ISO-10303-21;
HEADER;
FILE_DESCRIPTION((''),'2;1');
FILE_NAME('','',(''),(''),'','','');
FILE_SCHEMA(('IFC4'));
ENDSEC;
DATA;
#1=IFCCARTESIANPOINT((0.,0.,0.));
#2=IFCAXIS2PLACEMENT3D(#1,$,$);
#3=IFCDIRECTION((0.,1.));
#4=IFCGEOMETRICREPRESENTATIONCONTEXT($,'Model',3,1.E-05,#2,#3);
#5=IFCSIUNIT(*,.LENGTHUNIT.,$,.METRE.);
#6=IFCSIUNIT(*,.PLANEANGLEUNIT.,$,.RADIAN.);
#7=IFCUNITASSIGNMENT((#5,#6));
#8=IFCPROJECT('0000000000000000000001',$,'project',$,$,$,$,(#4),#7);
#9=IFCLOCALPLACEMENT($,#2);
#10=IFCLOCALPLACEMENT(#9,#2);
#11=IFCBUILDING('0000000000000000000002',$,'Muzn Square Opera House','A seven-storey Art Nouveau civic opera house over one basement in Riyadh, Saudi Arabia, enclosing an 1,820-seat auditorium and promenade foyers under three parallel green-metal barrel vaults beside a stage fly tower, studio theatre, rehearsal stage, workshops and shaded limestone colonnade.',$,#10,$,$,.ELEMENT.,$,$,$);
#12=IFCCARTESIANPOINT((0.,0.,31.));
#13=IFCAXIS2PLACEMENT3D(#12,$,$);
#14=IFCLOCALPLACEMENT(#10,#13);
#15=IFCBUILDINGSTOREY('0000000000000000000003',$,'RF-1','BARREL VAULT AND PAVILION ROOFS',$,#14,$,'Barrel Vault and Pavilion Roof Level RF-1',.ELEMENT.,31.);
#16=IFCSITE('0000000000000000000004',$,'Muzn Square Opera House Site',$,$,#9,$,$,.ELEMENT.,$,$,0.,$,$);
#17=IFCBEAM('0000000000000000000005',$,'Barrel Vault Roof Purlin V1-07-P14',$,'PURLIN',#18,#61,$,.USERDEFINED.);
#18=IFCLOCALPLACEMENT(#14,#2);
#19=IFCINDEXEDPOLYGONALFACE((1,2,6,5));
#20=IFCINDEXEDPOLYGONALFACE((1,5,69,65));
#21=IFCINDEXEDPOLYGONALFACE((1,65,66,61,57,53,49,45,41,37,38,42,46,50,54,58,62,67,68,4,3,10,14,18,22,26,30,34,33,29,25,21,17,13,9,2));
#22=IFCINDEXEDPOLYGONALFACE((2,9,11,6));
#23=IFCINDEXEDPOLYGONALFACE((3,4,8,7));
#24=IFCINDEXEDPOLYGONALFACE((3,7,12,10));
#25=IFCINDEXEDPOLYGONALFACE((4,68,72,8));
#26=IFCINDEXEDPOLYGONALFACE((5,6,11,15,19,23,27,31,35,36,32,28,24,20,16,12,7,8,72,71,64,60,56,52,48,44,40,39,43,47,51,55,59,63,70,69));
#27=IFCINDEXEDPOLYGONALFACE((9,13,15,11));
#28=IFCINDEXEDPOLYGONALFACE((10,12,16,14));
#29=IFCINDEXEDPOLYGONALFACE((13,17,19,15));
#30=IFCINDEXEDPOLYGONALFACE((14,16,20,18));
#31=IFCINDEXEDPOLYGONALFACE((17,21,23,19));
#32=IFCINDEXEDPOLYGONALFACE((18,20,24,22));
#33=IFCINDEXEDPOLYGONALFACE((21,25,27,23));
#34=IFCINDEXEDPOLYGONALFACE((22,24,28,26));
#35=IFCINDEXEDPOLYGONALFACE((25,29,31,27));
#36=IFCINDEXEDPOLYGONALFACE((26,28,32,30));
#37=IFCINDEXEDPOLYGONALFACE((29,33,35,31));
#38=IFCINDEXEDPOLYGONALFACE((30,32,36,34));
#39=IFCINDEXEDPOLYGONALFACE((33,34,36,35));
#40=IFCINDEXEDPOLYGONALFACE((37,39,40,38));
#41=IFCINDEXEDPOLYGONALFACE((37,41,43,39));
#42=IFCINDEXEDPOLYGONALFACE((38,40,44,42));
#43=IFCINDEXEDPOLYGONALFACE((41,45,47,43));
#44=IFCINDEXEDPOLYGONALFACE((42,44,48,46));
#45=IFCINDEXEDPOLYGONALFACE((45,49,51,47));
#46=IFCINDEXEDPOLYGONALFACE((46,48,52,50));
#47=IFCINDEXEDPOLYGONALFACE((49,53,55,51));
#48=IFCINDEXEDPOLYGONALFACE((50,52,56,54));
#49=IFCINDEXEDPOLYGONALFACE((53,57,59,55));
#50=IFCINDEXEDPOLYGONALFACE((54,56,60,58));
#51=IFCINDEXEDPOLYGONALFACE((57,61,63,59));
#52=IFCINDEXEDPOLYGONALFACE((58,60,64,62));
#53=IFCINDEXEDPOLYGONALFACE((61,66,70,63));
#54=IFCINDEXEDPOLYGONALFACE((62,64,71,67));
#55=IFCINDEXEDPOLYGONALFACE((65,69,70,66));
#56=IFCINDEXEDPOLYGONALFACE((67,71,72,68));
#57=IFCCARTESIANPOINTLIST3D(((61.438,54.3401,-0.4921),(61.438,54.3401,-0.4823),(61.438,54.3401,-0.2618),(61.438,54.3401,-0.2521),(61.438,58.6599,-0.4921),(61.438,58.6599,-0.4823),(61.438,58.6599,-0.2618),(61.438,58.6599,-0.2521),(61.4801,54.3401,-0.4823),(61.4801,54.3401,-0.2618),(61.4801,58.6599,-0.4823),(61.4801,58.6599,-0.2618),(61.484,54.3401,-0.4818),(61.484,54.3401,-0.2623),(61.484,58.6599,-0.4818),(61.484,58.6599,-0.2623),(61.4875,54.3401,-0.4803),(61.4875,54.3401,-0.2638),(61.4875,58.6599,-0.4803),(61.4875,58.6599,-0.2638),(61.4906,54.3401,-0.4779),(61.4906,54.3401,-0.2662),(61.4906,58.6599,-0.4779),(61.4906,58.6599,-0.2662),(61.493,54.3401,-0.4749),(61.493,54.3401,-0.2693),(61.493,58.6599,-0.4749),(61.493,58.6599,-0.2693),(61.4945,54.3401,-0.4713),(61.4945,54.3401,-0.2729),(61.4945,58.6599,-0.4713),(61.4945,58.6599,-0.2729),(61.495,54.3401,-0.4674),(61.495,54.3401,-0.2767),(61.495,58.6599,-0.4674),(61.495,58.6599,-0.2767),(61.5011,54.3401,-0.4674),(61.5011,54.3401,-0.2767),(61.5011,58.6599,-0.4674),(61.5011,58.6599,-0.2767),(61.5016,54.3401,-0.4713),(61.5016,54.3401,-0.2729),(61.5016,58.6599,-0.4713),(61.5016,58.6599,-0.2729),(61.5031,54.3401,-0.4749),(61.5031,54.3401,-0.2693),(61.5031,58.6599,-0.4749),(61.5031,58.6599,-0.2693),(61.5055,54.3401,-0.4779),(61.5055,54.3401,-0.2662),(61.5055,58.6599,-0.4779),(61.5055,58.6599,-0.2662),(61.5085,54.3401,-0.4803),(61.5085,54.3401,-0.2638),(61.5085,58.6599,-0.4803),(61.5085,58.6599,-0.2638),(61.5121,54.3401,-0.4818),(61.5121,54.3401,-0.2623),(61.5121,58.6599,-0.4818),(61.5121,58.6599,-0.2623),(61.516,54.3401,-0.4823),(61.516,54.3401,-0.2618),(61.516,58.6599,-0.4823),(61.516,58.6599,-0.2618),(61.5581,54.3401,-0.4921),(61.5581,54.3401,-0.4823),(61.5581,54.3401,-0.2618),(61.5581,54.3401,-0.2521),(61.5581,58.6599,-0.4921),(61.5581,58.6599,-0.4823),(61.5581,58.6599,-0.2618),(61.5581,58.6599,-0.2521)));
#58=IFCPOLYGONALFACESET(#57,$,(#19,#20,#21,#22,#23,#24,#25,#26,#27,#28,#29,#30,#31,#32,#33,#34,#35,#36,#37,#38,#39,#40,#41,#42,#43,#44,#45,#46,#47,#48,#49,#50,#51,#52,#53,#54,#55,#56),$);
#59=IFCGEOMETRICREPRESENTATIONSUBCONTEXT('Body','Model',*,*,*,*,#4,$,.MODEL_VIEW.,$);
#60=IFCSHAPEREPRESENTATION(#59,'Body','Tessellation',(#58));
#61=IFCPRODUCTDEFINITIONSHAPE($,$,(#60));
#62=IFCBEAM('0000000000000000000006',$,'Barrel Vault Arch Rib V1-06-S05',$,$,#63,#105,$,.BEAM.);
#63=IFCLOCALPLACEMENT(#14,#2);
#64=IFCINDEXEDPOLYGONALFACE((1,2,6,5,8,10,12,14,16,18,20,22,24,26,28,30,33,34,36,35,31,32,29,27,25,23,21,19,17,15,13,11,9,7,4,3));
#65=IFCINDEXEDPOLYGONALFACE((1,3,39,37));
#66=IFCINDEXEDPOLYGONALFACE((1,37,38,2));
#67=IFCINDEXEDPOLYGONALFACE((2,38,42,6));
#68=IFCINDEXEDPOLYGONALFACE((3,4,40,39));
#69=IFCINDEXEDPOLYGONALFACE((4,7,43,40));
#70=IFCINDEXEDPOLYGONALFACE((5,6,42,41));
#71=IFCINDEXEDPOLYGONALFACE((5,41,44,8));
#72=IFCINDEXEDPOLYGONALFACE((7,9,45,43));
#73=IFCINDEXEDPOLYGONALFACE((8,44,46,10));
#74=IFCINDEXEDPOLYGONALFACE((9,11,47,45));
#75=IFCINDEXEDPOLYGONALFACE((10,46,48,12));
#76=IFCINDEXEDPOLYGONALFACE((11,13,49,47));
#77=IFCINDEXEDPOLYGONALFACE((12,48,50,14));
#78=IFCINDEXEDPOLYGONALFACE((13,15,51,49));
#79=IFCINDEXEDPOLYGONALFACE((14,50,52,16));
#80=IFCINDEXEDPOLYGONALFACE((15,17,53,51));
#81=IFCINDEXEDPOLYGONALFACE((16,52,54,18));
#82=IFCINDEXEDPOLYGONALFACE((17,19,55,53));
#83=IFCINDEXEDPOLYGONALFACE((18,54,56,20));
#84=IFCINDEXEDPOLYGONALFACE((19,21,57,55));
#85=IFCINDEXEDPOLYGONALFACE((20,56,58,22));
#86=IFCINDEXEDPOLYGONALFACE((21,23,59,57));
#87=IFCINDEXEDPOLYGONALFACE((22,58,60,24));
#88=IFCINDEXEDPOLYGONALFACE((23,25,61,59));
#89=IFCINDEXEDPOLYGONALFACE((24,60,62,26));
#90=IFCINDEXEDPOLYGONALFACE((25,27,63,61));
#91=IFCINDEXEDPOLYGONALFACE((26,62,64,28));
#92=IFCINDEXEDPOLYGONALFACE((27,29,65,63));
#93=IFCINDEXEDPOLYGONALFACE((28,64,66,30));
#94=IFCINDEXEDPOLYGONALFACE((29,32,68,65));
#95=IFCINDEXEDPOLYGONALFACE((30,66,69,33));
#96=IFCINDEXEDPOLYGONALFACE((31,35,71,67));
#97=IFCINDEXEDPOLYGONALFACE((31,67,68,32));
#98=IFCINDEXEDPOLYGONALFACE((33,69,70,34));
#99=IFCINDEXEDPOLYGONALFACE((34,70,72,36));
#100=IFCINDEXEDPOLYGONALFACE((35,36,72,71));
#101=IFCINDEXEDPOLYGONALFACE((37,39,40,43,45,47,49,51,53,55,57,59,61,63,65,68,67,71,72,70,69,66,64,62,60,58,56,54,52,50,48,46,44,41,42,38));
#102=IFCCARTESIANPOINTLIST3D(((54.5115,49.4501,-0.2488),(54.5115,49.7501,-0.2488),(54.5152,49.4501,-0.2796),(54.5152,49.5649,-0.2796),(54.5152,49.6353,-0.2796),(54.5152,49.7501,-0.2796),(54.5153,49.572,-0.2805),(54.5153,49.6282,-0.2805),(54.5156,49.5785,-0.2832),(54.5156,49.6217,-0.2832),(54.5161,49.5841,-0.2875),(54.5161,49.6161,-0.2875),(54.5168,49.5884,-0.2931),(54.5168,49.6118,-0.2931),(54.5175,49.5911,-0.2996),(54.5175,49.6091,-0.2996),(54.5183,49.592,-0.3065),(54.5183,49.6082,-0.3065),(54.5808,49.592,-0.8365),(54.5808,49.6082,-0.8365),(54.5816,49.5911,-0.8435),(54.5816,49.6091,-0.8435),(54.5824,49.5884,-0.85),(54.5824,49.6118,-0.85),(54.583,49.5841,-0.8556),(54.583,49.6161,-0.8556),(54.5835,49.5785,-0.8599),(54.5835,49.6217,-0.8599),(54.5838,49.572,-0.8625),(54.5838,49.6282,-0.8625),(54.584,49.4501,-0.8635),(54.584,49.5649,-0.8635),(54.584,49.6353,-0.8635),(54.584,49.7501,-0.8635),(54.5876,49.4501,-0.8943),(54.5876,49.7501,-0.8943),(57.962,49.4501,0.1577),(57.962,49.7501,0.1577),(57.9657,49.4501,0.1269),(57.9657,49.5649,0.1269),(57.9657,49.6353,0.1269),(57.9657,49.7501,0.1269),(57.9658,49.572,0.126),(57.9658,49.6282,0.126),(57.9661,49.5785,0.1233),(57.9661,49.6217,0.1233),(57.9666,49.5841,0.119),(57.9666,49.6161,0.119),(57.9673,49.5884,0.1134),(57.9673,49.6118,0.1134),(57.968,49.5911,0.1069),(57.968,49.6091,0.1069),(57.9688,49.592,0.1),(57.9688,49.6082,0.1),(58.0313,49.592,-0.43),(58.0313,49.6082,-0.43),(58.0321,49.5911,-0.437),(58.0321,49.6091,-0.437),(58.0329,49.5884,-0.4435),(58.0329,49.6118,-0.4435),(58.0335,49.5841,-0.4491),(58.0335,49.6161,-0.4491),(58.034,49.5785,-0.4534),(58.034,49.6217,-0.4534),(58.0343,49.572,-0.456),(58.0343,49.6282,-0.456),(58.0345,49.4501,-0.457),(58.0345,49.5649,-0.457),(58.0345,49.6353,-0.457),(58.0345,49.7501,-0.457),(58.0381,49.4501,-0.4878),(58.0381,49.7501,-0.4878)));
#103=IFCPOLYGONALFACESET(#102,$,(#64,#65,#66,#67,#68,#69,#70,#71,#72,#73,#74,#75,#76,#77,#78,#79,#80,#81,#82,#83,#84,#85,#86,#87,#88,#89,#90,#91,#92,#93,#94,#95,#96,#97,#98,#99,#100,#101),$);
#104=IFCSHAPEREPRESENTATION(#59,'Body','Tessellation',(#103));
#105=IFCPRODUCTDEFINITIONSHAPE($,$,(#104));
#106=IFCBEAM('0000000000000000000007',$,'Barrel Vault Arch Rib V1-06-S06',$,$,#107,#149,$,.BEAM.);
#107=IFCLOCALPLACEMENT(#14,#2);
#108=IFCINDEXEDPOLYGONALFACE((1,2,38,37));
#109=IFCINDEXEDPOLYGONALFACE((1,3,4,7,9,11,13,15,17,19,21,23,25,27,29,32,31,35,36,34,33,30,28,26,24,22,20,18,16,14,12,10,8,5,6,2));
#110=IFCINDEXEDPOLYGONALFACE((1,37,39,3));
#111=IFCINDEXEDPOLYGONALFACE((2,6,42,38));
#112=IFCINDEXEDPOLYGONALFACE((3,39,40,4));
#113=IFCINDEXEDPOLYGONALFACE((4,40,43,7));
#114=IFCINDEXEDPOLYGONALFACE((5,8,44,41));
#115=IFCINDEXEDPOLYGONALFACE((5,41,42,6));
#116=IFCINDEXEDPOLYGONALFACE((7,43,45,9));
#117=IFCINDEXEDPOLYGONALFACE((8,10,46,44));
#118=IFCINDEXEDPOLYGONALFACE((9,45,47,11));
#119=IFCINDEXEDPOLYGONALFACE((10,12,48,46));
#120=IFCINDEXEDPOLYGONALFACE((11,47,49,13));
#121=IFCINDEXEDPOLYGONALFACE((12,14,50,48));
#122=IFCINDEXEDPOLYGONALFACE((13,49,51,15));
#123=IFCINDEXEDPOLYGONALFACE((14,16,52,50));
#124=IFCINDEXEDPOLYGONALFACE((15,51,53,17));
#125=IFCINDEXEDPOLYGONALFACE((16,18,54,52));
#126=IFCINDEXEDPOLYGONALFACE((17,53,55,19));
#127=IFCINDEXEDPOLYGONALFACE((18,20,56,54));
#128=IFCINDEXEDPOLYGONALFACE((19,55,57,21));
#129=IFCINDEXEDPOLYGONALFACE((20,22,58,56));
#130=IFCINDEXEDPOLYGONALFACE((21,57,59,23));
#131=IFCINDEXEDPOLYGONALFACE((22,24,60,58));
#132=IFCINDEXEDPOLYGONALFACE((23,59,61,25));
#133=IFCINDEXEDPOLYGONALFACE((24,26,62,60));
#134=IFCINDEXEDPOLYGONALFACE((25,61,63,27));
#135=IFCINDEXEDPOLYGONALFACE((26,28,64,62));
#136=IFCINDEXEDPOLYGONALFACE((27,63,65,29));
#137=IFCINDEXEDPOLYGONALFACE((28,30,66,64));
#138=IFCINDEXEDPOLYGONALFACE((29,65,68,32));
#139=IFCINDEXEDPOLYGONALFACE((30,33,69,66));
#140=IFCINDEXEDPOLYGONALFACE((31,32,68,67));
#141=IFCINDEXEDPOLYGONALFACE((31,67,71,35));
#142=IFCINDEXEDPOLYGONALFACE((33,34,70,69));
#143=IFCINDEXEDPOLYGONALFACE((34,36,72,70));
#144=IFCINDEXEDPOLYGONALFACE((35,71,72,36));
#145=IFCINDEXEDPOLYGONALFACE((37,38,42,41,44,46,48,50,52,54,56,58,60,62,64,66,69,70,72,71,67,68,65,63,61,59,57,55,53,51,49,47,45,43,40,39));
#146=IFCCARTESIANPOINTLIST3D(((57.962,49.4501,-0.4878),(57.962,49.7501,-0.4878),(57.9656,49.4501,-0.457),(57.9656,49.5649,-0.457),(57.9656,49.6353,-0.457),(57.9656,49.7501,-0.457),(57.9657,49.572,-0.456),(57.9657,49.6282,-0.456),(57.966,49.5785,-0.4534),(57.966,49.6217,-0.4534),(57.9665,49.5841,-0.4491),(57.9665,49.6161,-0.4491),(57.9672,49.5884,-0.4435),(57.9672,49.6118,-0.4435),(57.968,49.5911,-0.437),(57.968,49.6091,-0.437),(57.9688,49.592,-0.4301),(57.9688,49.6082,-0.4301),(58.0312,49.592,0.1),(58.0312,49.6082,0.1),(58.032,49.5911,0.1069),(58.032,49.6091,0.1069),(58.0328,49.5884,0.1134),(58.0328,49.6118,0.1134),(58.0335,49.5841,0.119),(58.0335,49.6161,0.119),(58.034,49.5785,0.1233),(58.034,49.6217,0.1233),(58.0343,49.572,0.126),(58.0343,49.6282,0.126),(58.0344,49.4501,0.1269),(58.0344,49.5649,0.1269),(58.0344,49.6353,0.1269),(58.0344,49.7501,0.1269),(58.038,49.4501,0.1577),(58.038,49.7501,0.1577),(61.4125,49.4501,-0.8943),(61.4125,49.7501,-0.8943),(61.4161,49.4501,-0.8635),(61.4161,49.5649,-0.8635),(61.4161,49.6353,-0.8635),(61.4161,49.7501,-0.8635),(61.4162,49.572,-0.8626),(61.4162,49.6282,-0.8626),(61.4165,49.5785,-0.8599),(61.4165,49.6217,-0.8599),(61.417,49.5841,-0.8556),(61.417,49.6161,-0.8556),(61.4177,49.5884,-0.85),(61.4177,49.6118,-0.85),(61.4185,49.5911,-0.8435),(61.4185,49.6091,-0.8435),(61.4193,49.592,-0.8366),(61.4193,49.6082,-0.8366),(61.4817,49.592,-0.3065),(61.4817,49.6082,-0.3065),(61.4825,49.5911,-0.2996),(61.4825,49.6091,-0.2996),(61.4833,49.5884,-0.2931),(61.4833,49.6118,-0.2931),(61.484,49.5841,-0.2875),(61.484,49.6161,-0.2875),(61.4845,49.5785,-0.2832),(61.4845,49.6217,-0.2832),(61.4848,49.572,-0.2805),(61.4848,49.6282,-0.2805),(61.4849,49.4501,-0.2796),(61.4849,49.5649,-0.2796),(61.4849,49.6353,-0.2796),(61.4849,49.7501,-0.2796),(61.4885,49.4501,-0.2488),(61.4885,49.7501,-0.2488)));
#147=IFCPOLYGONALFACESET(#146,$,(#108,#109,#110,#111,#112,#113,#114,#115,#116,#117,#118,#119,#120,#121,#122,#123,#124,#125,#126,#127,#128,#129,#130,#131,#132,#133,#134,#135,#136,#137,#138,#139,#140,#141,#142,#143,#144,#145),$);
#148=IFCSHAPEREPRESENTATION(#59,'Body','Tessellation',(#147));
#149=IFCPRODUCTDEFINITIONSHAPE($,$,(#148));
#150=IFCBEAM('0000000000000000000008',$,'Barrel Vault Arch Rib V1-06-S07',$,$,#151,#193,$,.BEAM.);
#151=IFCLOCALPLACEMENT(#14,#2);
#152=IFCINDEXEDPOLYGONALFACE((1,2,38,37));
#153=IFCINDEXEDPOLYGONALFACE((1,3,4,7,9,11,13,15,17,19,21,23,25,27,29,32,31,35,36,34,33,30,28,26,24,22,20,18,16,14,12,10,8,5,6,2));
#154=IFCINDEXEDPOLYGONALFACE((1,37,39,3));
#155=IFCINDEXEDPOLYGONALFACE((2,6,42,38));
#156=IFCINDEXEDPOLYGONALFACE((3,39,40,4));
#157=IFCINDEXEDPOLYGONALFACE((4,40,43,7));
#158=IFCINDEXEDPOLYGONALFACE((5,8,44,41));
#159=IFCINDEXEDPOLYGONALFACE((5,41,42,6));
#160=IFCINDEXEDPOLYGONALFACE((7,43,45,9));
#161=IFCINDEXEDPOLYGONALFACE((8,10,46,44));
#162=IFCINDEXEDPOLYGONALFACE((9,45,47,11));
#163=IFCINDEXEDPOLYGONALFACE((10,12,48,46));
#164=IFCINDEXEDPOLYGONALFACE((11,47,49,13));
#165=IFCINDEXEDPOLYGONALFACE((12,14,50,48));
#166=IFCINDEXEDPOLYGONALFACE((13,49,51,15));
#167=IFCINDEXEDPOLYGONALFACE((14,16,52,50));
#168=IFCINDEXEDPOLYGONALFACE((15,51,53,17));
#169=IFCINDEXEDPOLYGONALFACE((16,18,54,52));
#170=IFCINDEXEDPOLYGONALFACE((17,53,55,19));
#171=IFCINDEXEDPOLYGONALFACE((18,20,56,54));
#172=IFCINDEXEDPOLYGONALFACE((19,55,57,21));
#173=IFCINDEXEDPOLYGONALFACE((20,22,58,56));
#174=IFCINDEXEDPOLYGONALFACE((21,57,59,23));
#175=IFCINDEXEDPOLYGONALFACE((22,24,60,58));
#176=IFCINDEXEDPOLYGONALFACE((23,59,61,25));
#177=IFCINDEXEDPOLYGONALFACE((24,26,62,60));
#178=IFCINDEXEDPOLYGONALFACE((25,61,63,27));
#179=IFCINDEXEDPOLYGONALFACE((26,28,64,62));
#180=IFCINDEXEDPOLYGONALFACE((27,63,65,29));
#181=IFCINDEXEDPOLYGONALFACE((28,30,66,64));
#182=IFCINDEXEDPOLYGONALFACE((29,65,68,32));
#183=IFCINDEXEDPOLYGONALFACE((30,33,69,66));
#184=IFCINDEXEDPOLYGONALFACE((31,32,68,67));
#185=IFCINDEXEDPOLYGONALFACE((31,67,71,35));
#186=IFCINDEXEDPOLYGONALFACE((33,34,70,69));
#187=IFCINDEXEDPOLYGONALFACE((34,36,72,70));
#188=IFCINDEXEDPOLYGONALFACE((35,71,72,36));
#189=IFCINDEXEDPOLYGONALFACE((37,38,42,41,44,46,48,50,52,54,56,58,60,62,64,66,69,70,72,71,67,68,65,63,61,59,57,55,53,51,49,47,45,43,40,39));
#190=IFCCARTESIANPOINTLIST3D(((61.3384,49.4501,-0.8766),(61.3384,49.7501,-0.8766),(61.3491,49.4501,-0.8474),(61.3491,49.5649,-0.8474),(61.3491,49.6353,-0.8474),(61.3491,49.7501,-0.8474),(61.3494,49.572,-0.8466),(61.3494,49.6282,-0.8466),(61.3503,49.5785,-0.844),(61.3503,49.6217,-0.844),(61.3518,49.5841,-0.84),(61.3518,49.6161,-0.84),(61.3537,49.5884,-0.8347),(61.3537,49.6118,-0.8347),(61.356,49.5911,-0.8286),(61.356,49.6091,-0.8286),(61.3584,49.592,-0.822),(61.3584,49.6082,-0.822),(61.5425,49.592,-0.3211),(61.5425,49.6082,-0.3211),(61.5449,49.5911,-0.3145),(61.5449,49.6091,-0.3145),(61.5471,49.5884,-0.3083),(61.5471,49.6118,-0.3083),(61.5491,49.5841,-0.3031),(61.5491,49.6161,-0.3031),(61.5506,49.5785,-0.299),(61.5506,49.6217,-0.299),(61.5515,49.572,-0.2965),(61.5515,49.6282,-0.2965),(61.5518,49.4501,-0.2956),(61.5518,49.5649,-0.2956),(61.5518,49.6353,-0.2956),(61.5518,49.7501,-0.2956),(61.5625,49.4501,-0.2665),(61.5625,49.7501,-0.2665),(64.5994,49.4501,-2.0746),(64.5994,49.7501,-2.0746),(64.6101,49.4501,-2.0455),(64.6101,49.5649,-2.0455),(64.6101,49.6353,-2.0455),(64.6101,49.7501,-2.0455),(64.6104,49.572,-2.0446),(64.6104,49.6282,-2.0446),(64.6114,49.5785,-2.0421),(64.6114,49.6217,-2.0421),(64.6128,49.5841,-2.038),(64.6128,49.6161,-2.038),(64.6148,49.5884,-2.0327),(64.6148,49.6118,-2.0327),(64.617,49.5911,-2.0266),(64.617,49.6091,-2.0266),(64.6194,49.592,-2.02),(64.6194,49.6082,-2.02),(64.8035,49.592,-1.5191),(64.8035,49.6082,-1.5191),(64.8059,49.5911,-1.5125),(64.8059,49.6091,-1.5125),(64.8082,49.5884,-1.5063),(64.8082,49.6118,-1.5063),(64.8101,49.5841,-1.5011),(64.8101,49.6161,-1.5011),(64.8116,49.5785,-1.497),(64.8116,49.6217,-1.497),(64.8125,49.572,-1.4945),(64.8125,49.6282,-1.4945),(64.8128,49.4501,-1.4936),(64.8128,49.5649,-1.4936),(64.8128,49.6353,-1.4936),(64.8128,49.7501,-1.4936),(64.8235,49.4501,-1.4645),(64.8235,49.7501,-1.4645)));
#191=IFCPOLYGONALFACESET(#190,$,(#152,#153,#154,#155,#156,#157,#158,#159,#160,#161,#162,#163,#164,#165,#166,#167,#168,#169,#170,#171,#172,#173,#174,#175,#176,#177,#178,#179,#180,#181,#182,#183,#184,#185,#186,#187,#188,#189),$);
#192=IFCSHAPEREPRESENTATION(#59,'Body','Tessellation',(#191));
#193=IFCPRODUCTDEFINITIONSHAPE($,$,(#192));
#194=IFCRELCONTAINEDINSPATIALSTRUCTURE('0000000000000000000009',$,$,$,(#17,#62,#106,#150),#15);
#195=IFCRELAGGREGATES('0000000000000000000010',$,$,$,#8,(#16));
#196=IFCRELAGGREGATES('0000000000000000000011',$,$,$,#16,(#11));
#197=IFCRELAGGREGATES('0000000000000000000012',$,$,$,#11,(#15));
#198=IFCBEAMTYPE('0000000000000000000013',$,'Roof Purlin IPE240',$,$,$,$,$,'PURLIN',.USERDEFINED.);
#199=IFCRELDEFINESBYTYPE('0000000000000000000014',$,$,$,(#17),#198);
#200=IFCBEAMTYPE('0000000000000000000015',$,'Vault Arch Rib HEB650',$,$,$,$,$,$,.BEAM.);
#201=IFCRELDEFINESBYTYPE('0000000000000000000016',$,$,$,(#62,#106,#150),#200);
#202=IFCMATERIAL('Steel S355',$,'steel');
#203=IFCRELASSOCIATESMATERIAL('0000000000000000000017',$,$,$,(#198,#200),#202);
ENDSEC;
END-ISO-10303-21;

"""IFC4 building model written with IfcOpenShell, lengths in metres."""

from ifc_helpers import new_model, si_unit, direction, frame, origin, origin_2d, place, context, subcontext, project, spatial, i_section, extrude, material, material_profile, profile_set, type_object, element, save


model = new_model("IFC4")

# Units and contexts
model_context = context("Model", 3, precision=1e-05, world=origin(), true_north=direction((0.0, 1.0)))
body_context = subcontext(model_context, "Body", "Model", "MODEL_VIEW")
ifc_project = project(units=[si_unit("LENGTHUNIT", "METRE"), si_unit("PLANEANGLEUNIT", "RADIAN")], contexts=[model_context])

# Site, building, storey
site_placement = place(None, origin())
site = spatial("IfcSite", under=ifc_project, at=site_placement, Name="Muzn Square Opera House Site", CompositionType="ELEMENT", RefElevation=0.0)
building_placement = place(site_placement, origin())
building = spatial("IfcBuilding", under=site, at=building_placement, Name="Muzn Square Opera House", Description="A seven-storey Art Nouveau civic opera house over one basement in Riyadh, Saudi Arabia, enclosing an 1,820-seat auditorium and promenade foyers under three parallel green-metal barrel vaults beside a stage fly tower, studio theatre, rehearsal stage, workshops and shaded limestone colonnade.", CompositionType="ELEMENT")
storey_placement = place(building_placement, frame((0.0, 0.0, 31.0)))
storey = spatial("IfcBuildingStorey", under=building, at=storey_placement, Name="RF-1", Description="BARREL VAULT AND PAVILION ROOFS", LongName="Barrel Vault and Pavilion Roof Level RF-1", CompositionType="ELEMENT", Elevation=31.0)

# Beams
ifc_material_1 = material(Name="Steel S355", Category="steel")
ifc_material_profile_1 = material_profile(ifc_material_1, i_section(OverallWidth=0.1201, OverallDepth=0.24, WebThickness=0.0061, FlangeThickness=0.0098, FilletRadius=0.0149, at=origin_2d()), Name="IPE 240", Category="steel")
ifc_profile_set_1 = profile_set([ifc_material_profile_1], Name="Steel S355")
beam_type_1 = type_object("IfcBeamType", Name="Roof Purlin IPE240", ElementType="PURLIN", PredefinedType="USERDEFINED", material=ifc_profile_set_1)
for number, where, z_axis, x_axis, name in (
    (1, (61.498, 54.3401, -0.3721), (0.0, 1.0, 0.0), (-1.0, 0.0, 0.0), "Barrel Vault Roof Purlin V1-07-P14"),
):
    element("IfcBeam", number, at=place(storey_placement, frame(where, z_axis=z_axis, x_axis=x_axis)), inside=storey, type_object=beam_type_1, Name=name, ObjectType="PURLIN", PredefinedType="USERDEFINED", context=body_context, shape_type="SweptSolid", body=[
        extrude(i_section(OverallWidth=0.1201, OverallDepth=0.24, WebThickness=0.0061, FlangeThickness=0.0098, FilletRadius=0.0149, at=origin_2d()), origin(), (0.0, 0.0, 1.0), 4.3198),
    ])
ifc_material_profile_2 = material_profile(ifc_material_1, i_section(OverallWidth=0.3, OverallDepth=0.6499, WebThickness=0.0161, FlangeThickness=0.031, FilletRadius=0.0271, at=origin_2d()), Name="HEB 650", Category="steel")
ifc_profile_set_2 = profile_set([ifc_material_profile_2], Name="Steel S355")
beam_type_2 = type_object("IfcBeamType", Name="Vault Arch Rib HEB650", PredefinedType="BEAM", material=ifc_profile_set_2)
for number, where, z_axis, x_axis, name in (
    (2, (54.5496, 49.6001, -0.5715), (0.993132, 0.0, 0.117), (0.0, 1.0, 0.0), "Barrel Vault Arch Rib V1-06-S05"),
    (3, (58.0, 49.6001, -0.165), (0.993132, 0.0, -0.117), (0.0, 1.0, 0.0), "Barrel Vault Arch Rib V1-06-S06"),
):
    element("IfcBeam", number, at=place(storey_placement, frame(where, z_axis=z_axis, x_axis=x_axis)), inside=storey, type_object=beam_type_2, Name=name, PredefinedType="BEAM", context=body_context, shape_type="SweptSolid", body=[
        extrude(i_section(OverallWidth=0.3, OverallDepth=0.6499, WebThickness=0.0161, FlangeThickness=0.031, FilletRadius=0.0271, at=origin_2d()), origin(), (0.0, 0.0, 1.0), 3.4744),
    ])
beam_1_placement = place(storey_placement, frame((61.4504, 49.6001, -0.5715), z_axis=(0.938662, 0.0, -0.344839), x_axis=(0.0, 1.0, 0.0)))
element("IfcBeam", 4, at=beam_1_placement, inside=storey, type_object=beam_type_2, Name="Barrel Vault Arch Rib V1-06-S07", PredefinedType="BEAM", context=body_context, shape_type="SweptSolid", body=[
    extrude(i_section(OverallWidth=0.3, OverallDepth=0.6499, WebThickness=0.0161, FlangeThickness=0.031, FilletRadius=0.0271, at=origin_2d()), origin(), (0.0, 0.0, 1.0), 3.4741),
])

save(model, "model.ifc")
